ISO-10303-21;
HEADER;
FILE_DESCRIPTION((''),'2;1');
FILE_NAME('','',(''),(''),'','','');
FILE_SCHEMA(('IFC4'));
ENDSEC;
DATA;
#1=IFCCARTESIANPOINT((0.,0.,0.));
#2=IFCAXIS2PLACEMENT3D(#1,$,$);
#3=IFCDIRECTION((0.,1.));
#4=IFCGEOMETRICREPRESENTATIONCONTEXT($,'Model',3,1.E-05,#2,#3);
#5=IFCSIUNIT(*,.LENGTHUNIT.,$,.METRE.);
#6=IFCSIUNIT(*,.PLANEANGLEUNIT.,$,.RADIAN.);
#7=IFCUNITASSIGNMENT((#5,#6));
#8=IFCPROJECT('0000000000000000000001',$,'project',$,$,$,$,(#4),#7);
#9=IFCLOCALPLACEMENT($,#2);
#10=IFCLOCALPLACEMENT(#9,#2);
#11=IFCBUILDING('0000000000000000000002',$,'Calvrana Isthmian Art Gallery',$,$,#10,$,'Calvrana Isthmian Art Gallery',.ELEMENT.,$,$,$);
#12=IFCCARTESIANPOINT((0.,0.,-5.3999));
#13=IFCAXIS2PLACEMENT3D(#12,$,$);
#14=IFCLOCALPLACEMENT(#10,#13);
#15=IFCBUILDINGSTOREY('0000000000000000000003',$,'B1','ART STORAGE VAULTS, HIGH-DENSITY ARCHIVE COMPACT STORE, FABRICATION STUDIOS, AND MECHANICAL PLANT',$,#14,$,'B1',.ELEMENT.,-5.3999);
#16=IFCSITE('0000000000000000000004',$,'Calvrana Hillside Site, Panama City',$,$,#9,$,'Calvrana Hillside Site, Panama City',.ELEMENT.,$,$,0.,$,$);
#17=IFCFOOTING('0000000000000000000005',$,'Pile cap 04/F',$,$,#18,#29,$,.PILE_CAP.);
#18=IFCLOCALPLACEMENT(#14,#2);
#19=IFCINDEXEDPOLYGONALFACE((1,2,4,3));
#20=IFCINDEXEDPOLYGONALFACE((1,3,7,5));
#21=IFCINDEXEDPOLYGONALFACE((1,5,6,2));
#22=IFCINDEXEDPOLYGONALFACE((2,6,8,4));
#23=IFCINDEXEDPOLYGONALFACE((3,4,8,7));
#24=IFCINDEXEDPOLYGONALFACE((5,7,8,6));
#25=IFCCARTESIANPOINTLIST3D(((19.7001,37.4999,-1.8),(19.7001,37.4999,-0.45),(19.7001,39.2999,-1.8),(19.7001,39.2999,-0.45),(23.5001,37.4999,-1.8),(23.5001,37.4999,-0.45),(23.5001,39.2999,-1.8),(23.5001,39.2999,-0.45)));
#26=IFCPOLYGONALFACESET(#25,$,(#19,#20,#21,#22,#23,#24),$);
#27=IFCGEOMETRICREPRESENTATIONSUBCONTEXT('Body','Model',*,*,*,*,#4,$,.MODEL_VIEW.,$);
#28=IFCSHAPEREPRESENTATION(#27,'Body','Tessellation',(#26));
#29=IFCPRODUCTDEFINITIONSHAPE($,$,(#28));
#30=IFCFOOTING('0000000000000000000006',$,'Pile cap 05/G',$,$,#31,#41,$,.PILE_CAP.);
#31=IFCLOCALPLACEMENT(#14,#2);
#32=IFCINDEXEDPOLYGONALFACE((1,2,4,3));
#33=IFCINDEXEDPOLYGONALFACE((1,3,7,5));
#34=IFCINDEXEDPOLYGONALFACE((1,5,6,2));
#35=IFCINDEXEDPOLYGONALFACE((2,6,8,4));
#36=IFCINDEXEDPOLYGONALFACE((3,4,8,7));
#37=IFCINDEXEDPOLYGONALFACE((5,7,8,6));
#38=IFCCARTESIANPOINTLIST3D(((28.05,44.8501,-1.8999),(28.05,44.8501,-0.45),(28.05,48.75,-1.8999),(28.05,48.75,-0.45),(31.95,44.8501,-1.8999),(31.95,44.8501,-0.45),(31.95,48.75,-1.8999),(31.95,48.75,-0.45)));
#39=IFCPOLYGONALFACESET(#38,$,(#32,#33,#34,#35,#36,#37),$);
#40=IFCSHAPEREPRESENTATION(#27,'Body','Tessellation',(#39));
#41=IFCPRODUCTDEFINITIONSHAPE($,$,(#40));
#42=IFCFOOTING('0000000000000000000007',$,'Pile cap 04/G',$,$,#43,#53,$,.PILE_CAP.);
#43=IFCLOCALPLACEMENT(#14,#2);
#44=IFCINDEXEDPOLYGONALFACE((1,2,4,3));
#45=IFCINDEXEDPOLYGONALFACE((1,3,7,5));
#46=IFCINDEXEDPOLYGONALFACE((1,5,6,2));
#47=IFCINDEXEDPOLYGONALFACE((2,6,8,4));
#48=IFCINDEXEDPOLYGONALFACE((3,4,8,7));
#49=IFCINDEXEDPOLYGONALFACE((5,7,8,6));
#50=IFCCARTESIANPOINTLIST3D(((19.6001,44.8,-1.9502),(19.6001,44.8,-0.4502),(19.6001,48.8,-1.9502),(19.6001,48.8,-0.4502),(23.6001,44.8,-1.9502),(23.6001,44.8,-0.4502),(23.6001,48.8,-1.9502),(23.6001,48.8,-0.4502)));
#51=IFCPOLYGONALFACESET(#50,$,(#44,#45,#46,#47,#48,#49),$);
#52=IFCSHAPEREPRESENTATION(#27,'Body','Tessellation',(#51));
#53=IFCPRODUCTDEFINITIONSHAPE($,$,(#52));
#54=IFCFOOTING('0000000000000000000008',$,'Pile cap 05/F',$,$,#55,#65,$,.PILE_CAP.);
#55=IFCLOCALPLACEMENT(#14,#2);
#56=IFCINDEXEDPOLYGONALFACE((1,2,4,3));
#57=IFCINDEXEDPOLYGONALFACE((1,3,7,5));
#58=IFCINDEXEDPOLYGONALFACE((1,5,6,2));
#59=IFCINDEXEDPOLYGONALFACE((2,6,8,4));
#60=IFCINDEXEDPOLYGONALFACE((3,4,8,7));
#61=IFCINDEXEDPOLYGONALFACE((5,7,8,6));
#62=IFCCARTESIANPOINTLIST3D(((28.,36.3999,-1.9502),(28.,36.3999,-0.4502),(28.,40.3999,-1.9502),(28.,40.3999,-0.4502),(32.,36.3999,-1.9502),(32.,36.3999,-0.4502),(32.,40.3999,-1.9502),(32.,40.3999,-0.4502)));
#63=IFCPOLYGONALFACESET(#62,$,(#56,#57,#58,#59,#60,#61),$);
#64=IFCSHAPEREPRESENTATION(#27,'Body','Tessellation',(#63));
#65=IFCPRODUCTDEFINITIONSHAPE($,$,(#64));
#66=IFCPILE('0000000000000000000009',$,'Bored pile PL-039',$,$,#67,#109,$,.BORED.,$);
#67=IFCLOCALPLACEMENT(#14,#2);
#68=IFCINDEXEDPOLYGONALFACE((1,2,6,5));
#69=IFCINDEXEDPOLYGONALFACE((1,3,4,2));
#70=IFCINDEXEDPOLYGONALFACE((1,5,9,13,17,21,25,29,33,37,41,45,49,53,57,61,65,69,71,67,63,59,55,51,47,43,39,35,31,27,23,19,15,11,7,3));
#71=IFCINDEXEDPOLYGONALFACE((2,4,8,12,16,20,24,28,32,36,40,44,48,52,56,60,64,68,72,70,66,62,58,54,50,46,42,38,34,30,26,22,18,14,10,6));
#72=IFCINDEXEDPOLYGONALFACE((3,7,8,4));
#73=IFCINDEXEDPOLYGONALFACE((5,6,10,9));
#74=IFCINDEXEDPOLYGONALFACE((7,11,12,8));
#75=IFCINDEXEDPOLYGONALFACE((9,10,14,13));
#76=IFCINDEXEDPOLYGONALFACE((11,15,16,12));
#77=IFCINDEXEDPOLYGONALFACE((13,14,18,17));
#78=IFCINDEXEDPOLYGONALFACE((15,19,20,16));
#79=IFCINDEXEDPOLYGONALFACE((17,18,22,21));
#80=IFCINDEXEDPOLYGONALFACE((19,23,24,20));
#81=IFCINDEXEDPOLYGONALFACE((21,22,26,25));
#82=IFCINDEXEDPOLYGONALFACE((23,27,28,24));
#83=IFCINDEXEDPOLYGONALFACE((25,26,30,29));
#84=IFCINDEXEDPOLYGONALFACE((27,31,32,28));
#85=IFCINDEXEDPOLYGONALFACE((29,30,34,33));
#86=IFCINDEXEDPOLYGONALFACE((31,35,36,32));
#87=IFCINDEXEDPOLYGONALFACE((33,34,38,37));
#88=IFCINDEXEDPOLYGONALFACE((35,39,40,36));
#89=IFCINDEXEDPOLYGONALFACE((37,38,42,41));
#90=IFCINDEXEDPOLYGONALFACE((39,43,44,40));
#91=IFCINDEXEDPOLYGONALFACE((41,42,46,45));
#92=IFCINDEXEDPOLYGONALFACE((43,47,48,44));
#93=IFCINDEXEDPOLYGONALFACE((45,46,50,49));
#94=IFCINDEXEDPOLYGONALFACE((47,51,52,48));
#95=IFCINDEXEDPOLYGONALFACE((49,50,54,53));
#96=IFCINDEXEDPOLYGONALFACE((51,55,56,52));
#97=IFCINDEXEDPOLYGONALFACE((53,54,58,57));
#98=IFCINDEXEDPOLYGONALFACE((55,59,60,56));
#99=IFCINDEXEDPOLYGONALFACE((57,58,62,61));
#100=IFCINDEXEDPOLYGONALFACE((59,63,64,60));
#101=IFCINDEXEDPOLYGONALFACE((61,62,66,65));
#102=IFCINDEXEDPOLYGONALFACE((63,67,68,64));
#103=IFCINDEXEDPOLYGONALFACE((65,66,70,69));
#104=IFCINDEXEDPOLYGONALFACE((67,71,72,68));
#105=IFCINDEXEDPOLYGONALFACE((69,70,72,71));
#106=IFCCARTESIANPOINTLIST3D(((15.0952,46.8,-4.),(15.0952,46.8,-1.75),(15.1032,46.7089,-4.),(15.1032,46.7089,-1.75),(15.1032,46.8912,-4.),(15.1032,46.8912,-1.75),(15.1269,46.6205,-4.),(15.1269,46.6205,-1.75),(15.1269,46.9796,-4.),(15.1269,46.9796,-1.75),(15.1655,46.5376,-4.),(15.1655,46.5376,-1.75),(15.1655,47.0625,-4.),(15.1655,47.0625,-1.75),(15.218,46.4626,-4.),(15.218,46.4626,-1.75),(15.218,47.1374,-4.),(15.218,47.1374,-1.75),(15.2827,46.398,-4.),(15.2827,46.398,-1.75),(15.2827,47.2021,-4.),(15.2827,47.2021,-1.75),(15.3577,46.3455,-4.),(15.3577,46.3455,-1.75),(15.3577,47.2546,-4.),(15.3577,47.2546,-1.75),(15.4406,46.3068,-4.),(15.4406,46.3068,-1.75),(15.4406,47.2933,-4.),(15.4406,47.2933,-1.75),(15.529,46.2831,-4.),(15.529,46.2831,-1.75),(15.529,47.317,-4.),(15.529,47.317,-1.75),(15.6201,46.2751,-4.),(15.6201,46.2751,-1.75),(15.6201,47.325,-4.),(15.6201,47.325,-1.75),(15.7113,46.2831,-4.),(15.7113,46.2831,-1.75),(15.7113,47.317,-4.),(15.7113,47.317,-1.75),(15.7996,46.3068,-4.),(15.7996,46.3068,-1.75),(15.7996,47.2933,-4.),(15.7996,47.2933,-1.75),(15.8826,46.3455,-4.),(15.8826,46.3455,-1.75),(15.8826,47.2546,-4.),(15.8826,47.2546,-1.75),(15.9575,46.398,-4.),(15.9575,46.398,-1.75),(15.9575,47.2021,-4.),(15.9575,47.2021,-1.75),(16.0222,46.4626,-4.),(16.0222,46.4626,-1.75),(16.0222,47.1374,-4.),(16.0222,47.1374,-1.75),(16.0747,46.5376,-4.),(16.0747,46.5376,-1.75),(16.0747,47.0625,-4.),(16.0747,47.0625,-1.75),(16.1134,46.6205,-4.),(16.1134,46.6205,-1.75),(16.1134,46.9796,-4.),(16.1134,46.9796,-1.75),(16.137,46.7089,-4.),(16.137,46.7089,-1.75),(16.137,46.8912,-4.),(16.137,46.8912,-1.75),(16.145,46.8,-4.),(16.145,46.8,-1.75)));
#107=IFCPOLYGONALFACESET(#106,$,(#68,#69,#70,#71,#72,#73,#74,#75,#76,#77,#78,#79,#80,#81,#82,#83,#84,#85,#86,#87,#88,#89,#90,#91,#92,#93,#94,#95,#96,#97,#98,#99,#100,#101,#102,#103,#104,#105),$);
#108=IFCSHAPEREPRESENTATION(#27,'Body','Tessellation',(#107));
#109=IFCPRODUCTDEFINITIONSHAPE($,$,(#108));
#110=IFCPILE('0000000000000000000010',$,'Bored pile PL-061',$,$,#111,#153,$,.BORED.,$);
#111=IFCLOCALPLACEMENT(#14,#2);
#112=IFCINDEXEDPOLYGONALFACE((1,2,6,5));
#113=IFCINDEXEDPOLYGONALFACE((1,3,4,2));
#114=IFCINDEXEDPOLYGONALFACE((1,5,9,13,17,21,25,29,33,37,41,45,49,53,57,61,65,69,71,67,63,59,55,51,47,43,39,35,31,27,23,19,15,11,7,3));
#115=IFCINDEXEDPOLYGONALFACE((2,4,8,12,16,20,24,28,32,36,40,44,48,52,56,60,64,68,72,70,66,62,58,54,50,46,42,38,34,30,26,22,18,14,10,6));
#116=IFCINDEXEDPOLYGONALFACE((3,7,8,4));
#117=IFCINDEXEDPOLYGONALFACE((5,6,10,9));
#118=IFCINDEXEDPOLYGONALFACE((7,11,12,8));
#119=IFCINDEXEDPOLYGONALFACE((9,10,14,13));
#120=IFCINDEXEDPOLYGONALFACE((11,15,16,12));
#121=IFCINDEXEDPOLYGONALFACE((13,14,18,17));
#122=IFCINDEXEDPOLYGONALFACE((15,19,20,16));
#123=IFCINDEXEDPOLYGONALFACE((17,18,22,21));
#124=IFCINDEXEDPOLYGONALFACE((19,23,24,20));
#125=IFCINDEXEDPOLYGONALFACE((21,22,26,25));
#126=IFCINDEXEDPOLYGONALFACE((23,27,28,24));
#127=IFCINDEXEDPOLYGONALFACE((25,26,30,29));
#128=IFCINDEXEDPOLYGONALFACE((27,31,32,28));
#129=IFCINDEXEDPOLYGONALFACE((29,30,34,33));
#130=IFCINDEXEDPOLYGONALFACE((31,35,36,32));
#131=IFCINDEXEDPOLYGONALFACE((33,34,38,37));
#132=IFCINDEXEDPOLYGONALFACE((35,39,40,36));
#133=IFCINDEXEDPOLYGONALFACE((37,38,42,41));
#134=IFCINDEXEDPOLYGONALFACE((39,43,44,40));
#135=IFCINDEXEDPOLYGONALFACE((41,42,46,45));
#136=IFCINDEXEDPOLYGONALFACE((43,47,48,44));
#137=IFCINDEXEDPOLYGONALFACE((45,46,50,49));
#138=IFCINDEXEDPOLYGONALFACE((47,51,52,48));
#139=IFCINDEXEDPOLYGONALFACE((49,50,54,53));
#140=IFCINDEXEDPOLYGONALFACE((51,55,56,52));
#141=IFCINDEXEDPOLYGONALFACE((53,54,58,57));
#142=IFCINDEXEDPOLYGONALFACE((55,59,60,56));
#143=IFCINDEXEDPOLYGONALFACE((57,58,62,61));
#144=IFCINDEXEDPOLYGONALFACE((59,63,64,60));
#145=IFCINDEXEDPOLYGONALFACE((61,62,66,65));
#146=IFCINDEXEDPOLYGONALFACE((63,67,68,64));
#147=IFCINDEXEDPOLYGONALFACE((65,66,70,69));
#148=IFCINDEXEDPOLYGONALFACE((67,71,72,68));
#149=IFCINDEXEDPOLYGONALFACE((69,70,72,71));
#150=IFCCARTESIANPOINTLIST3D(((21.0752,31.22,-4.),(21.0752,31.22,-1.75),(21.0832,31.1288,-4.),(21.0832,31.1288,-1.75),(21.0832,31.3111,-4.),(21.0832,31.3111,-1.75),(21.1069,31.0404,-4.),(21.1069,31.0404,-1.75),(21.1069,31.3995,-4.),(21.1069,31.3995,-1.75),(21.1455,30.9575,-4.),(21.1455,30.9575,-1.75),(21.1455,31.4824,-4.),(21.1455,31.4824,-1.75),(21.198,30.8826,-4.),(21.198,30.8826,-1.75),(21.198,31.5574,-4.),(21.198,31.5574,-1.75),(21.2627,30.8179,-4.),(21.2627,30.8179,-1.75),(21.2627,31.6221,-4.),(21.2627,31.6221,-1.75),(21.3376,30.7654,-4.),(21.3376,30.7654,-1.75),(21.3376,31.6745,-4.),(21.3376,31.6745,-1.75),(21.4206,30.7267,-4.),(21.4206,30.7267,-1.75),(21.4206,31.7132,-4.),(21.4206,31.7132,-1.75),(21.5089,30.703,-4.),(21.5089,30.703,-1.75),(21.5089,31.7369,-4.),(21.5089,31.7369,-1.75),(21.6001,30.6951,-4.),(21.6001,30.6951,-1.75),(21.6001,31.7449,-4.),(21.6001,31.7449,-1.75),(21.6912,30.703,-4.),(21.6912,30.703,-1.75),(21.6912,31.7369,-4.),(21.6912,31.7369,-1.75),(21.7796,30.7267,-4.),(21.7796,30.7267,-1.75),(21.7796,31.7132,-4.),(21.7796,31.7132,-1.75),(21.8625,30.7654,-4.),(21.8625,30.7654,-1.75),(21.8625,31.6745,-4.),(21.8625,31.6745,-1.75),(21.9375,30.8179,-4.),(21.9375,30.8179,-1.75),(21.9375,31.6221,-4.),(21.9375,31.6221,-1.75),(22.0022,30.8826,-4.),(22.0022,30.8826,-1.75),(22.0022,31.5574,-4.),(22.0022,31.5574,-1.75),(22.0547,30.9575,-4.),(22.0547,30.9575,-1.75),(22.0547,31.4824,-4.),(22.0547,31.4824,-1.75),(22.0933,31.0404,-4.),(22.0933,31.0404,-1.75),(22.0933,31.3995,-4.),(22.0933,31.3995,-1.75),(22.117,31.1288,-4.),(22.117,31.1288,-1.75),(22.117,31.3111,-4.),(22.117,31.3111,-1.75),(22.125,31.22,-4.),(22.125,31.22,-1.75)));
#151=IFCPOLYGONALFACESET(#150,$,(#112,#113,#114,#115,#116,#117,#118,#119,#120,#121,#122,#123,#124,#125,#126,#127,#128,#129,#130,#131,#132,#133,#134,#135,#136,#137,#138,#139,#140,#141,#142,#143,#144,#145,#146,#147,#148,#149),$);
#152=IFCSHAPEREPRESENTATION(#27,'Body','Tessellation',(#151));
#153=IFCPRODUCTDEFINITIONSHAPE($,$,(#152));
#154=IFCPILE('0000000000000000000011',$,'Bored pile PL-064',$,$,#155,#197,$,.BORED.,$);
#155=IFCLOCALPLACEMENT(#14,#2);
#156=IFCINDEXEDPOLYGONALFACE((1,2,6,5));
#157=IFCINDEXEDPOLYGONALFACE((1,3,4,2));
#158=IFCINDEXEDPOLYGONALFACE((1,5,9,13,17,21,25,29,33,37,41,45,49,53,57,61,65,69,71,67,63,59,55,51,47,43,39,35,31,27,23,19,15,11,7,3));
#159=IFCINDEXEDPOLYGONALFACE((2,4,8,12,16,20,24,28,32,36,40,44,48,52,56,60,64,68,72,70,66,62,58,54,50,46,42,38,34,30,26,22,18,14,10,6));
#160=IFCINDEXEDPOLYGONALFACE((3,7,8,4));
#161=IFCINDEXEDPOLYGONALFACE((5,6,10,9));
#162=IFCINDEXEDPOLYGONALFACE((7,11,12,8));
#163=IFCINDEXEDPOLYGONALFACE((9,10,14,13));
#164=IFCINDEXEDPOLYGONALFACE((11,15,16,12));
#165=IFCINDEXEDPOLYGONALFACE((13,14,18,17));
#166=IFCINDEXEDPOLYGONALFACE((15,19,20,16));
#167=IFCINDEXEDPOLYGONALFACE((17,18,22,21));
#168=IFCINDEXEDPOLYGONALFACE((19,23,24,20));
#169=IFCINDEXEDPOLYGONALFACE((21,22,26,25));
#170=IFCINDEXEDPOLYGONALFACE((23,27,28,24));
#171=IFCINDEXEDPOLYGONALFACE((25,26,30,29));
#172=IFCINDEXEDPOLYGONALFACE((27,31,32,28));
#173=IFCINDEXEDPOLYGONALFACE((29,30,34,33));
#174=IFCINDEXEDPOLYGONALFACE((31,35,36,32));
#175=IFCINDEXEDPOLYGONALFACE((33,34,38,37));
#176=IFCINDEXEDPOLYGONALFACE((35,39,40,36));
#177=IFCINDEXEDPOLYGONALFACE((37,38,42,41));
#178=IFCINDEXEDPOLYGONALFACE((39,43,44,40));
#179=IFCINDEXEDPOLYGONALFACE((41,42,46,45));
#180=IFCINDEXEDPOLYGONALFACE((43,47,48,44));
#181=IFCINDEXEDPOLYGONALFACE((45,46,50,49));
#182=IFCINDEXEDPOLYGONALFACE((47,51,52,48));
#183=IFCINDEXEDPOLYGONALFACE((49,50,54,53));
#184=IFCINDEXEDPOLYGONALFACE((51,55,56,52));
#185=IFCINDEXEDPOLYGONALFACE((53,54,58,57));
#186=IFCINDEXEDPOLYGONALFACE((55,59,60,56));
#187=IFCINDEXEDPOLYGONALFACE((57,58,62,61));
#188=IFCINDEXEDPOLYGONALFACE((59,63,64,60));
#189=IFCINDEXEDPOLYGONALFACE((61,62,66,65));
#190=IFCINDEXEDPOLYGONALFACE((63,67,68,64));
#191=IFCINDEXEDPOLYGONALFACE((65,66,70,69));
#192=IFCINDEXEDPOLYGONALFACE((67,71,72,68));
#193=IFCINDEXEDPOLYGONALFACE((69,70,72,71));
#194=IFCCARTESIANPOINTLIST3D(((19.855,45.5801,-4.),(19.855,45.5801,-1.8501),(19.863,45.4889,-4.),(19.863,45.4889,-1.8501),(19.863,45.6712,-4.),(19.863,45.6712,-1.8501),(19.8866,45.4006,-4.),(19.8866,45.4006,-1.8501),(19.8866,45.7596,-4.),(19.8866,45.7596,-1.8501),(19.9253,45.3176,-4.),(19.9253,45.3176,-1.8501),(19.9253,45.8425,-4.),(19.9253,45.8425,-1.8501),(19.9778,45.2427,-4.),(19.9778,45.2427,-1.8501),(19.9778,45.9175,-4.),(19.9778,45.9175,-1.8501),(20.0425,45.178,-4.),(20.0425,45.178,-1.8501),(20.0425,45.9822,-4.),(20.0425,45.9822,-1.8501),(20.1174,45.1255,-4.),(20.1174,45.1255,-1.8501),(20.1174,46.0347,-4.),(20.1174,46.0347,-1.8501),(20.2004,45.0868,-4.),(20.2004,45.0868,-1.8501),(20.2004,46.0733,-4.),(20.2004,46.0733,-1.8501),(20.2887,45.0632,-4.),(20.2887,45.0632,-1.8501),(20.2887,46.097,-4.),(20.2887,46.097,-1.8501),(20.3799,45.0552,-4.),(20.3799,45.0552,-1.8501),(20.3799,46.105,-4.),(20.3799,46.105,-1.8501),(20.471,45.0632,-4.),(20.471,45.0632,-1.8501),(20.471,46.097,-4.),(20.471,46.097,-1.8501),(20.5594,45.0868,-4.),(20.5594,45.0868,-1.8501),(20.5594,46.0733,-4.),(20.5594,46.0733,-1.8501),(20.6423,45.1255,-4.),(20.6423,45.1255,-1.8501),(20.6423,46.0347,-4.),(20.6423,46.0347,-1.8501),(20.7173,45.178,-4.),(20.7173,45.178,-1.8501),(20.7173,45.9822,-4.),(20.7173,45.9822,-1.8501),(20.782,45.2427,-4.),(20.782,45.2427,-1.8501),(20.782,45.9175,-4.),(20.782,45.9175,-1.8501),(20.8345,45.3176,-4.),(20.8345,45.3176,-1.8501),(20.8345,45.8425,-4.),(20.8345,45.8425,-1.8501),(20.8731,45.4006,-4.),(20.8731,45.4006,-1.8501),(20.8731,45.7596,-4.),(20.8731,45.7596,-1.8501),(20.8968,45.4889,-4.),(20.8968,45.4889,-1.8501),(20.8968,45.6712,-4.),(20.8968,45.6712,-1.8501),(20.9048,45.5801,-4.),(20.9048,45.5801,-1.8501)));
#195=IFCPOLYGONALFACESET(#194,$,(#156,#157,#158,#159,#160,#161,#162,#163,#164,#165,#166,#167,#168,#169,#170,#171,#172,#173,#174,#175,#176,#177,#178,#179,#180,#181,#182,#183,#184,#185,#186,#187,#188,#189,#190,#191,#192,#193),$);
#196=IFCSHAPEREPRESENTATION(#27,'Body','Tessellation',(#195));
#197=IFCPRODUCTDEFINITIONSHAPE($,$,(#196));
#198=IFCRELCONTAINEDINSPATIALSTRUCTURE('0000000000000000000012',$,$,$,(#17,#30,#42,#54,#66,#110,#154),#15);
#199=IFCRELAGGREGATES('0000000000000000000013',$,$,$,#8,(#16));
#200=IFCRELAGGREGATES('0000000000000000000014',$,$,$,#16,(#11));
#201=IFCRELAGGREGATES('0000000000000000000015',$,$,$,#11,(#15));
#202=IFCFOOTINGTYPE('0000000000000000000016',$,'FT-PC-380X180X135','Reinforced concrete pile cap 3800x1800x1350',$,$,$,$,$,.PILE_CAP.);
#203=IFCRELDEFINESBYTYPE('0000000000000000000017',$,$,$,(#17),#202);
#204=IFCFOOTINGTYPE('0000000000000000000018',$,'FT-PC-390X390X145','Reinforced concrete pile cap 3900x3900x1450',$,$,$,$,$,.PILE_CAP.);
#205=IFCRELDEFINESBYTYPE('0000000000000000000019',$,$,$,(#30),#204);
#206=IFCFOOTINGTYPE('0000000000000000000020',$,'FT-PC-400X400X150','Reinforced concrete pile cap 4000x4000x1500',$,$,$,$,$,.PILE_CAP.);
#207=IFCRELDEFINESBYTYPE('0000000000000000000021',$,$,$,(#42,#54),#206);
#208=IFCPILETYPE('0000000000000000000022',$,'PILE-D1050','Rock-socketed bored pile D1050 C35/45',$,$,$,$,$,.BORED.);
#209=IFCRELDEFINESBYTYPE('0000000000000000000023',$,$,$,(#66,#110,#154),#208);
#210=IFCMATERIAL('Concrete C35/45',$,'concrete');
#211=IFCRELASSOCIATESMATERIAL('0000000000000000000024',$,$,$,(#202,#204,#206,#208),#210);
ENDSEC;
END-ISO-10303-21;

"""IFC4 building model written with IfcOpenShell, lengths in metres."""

from ifc_helpers import new_model, si_unit, direction, frame, origin, origin_2d, place, context, subcontext, project, spatial, rectangle, circle, extrude, material, material_profile, profile_set, type_object, element, save


model = new_model("IFC4")

# Units and contexts
model_context = context("Model", 3, precision=1e-05, world=origin(), true_north=direction((0.0, 1.0)))
body_context = subcontext(model_context, "Body", "Model", "MODEL_VIEW")
ifc_project = project(units=[si_unit("LENGTHUNIT", "METRE"), si_unit("PLANEANGLEUNIT", "RADIAN")], contexts=[model_context])

# Site, building, storey
site_placement = place(None, origin())
site = spatial("IfcSite", under=ifc_project, at=site_placement, Name="Calvrana Hillside Site, Panama City", LongName="Calvrana Hillside Site, Panama City", CompositionType="ELEMENT", RefElevation=0.0)
building_placement = place(site_placement, origin())
building = spatial("IfcBuilding", under=site, at=building_placement, Name="Calvrana Isthmian Art Gallery", LongName="Calvrana Isthmian Art Gallery", CompositionType="ELEMENT")
storey_placement = place(building_placement, frame((0.0, 0.0, -5.3999)))
storey = spatial("IfcBuildingStorey", under=building, at=storey_placement, Name="B1", Description="ART STORAGE VAULTS, HIGH-DENSITY ARCHIVE COMPACT STORE, FABRICATION STUDIOS, AND MECHANICAL PLANT", LongName="B1", CompositionType="ELEMENT", Elevation=-5.3999)

# Footings
ifc_material_1 = material(Name="Concrete C35/45", Category="concrete")
footing_type_1 = type_object("IfcFootingType", Name="FT-PC-380X180X135", Description="Reinforced concrete pile cap 3800x1800x1350", PredefinedType="PILE_CAP", material=ifc_material_1)
footing_1_placement = place(storey_placement, frame((21.6001, 38.3999, -1.8), z_axis=(0.0, 0.0, 1.0), x_axis=(1.0, 0.0, 0.0)))
element("IfcFooting", 1, at=footing_1_placement, inside=storey, type_object=footing_type_1, Name="Pile cap 04/F", PredefinedType="PILE_CAP", context=body_context, shape_type="SweptSolid", body=[
    extrude(rectangle(XDim=3.8, YDim=1.8, at=origin_2d()), origin(), (0.0, 0.0, 1.0), 1.3501),
])
footing_type_2 = type_object("IfcFootingType", Name="FT-PC-390X390X145", Description="Reinforced concrete pile cap 3900x3900x1450", PredefinedType="PILE_CAP", material=ifc_material_1)
footing_2_placement = place(storey_placement, frame((30.0, 46.8, -1.8999), z_axis=(0.0, 0.0, 1.0), x_axis=(1.0, 0.0, 0.0)))
element("IfcFooting", 2, at=footing_2_placement, inside=storey, type_object=footing_type_2, Name="Pile cap 05/G", PredefinedType="PILE_CAP", context=body_context, shape_type="SweptSolid", body=[
    extrude(rectangle(XDim=3.8999, YDim=3.8999, at=origin_2d()), origin(), (0.0, 0.0, 1.0), 1.45),
])
footing_type_3 = type_object("IfcFootingType", Name="FT-PC-400X400X150", Description="Reinforced concrete pile cap 4000x4000x1500", PredefinedType="PILE_CAP", material=ifc_material_1)
for number, where, z_axis, x_axis, name in (
    (3, (21.6001, 46.8, -1.9502), (0.0, 0.0, 1.0), (1.0, 0.0, 0.0), "Pile cap 04/G"),
    (4, (30.0, 38.3999, -1.9502), (0.0, 0.0, 1.0), (1.0, 0.0, 0.0), "Pile cap 05/F"),
):
    element("IfcFooting", number, at=place(storey_placement, frame(where, z_axis=z_axis, x_axis=x_axis)), inside=storey, type_object=footing_type_3, Name=name, PredefinedType="PILE_CAP", context=body_context, shape_type="SweptSolid", body=[
        extrude(rectangle(XDim=4.0, YDim=4.0, at=origin_2d()), origin(), (0.0, 0.0, 1.0), 1.5),
    ])

# Piles
ifc_material_profile_1 = material_profile(ifc_material_1, circle(Radius=0.5249, at=origin_2d()), Name="PILE1050D")
ifc_profile_set_1 = profile_set([ifc_material_profile_1], Name="Concrete C35/45")
pile_type_1 = type_object("IfcPileType", Name="PILE-D1050", Description="Rock-socketed bored pile D1050 C35/45", PredefinedType="BORED", material=ifc_profile_set_1)
for number, where, z_axis, x_axis, name in (
    (5, (15.6201, 46.8, -1.75), (0.0, 0.0, -1.0), (1.0, 0.0, 0.0), "Bored pile PL-039"),
    (6, (21.6001, 31.22, -1.75), (0.0, 0.0, -1.0), (1.0, 0.0, 0.0), "Bored pile PL-061"),
):
    element("IfcPile", number, at=place(storey_placement, frame(where, z_axis=z_axis, x_axis=x_axis)), inside=storey, type_object=pile_type_1, Name=name, PredefinedType="BORED", context=body_context, shape_type="SweptSolid", body=[
        extrude(circle(Radius=0.5249, at=origin_2d()), origin(), (0.0, 0.0, 1.0), 2.25),
    ])
for number, where, z_axis, x_axis, name in (
    (7, (20.3799, 45.5801, -1.8501), (0.0, 0.0, -1.0), (1.0, 0.0, 0.0), "Bored pile PL-064"),
):
    element("IfcPile", number, at=place(storey_placement, frame(where, z_axis=z_axis, x_axis=x_axis)), inside=storey, type_object=pile_type_1, Name=name, PredefinedType="BORED", context=body_context, shape_type="SweptSolid", body=[
        extrude(circle(Radius=0.5249, at=origin_2d()), origin(), (0.0, 0.0, 1.0), 2.1499),
    ])

save(model, "model.ifc")
